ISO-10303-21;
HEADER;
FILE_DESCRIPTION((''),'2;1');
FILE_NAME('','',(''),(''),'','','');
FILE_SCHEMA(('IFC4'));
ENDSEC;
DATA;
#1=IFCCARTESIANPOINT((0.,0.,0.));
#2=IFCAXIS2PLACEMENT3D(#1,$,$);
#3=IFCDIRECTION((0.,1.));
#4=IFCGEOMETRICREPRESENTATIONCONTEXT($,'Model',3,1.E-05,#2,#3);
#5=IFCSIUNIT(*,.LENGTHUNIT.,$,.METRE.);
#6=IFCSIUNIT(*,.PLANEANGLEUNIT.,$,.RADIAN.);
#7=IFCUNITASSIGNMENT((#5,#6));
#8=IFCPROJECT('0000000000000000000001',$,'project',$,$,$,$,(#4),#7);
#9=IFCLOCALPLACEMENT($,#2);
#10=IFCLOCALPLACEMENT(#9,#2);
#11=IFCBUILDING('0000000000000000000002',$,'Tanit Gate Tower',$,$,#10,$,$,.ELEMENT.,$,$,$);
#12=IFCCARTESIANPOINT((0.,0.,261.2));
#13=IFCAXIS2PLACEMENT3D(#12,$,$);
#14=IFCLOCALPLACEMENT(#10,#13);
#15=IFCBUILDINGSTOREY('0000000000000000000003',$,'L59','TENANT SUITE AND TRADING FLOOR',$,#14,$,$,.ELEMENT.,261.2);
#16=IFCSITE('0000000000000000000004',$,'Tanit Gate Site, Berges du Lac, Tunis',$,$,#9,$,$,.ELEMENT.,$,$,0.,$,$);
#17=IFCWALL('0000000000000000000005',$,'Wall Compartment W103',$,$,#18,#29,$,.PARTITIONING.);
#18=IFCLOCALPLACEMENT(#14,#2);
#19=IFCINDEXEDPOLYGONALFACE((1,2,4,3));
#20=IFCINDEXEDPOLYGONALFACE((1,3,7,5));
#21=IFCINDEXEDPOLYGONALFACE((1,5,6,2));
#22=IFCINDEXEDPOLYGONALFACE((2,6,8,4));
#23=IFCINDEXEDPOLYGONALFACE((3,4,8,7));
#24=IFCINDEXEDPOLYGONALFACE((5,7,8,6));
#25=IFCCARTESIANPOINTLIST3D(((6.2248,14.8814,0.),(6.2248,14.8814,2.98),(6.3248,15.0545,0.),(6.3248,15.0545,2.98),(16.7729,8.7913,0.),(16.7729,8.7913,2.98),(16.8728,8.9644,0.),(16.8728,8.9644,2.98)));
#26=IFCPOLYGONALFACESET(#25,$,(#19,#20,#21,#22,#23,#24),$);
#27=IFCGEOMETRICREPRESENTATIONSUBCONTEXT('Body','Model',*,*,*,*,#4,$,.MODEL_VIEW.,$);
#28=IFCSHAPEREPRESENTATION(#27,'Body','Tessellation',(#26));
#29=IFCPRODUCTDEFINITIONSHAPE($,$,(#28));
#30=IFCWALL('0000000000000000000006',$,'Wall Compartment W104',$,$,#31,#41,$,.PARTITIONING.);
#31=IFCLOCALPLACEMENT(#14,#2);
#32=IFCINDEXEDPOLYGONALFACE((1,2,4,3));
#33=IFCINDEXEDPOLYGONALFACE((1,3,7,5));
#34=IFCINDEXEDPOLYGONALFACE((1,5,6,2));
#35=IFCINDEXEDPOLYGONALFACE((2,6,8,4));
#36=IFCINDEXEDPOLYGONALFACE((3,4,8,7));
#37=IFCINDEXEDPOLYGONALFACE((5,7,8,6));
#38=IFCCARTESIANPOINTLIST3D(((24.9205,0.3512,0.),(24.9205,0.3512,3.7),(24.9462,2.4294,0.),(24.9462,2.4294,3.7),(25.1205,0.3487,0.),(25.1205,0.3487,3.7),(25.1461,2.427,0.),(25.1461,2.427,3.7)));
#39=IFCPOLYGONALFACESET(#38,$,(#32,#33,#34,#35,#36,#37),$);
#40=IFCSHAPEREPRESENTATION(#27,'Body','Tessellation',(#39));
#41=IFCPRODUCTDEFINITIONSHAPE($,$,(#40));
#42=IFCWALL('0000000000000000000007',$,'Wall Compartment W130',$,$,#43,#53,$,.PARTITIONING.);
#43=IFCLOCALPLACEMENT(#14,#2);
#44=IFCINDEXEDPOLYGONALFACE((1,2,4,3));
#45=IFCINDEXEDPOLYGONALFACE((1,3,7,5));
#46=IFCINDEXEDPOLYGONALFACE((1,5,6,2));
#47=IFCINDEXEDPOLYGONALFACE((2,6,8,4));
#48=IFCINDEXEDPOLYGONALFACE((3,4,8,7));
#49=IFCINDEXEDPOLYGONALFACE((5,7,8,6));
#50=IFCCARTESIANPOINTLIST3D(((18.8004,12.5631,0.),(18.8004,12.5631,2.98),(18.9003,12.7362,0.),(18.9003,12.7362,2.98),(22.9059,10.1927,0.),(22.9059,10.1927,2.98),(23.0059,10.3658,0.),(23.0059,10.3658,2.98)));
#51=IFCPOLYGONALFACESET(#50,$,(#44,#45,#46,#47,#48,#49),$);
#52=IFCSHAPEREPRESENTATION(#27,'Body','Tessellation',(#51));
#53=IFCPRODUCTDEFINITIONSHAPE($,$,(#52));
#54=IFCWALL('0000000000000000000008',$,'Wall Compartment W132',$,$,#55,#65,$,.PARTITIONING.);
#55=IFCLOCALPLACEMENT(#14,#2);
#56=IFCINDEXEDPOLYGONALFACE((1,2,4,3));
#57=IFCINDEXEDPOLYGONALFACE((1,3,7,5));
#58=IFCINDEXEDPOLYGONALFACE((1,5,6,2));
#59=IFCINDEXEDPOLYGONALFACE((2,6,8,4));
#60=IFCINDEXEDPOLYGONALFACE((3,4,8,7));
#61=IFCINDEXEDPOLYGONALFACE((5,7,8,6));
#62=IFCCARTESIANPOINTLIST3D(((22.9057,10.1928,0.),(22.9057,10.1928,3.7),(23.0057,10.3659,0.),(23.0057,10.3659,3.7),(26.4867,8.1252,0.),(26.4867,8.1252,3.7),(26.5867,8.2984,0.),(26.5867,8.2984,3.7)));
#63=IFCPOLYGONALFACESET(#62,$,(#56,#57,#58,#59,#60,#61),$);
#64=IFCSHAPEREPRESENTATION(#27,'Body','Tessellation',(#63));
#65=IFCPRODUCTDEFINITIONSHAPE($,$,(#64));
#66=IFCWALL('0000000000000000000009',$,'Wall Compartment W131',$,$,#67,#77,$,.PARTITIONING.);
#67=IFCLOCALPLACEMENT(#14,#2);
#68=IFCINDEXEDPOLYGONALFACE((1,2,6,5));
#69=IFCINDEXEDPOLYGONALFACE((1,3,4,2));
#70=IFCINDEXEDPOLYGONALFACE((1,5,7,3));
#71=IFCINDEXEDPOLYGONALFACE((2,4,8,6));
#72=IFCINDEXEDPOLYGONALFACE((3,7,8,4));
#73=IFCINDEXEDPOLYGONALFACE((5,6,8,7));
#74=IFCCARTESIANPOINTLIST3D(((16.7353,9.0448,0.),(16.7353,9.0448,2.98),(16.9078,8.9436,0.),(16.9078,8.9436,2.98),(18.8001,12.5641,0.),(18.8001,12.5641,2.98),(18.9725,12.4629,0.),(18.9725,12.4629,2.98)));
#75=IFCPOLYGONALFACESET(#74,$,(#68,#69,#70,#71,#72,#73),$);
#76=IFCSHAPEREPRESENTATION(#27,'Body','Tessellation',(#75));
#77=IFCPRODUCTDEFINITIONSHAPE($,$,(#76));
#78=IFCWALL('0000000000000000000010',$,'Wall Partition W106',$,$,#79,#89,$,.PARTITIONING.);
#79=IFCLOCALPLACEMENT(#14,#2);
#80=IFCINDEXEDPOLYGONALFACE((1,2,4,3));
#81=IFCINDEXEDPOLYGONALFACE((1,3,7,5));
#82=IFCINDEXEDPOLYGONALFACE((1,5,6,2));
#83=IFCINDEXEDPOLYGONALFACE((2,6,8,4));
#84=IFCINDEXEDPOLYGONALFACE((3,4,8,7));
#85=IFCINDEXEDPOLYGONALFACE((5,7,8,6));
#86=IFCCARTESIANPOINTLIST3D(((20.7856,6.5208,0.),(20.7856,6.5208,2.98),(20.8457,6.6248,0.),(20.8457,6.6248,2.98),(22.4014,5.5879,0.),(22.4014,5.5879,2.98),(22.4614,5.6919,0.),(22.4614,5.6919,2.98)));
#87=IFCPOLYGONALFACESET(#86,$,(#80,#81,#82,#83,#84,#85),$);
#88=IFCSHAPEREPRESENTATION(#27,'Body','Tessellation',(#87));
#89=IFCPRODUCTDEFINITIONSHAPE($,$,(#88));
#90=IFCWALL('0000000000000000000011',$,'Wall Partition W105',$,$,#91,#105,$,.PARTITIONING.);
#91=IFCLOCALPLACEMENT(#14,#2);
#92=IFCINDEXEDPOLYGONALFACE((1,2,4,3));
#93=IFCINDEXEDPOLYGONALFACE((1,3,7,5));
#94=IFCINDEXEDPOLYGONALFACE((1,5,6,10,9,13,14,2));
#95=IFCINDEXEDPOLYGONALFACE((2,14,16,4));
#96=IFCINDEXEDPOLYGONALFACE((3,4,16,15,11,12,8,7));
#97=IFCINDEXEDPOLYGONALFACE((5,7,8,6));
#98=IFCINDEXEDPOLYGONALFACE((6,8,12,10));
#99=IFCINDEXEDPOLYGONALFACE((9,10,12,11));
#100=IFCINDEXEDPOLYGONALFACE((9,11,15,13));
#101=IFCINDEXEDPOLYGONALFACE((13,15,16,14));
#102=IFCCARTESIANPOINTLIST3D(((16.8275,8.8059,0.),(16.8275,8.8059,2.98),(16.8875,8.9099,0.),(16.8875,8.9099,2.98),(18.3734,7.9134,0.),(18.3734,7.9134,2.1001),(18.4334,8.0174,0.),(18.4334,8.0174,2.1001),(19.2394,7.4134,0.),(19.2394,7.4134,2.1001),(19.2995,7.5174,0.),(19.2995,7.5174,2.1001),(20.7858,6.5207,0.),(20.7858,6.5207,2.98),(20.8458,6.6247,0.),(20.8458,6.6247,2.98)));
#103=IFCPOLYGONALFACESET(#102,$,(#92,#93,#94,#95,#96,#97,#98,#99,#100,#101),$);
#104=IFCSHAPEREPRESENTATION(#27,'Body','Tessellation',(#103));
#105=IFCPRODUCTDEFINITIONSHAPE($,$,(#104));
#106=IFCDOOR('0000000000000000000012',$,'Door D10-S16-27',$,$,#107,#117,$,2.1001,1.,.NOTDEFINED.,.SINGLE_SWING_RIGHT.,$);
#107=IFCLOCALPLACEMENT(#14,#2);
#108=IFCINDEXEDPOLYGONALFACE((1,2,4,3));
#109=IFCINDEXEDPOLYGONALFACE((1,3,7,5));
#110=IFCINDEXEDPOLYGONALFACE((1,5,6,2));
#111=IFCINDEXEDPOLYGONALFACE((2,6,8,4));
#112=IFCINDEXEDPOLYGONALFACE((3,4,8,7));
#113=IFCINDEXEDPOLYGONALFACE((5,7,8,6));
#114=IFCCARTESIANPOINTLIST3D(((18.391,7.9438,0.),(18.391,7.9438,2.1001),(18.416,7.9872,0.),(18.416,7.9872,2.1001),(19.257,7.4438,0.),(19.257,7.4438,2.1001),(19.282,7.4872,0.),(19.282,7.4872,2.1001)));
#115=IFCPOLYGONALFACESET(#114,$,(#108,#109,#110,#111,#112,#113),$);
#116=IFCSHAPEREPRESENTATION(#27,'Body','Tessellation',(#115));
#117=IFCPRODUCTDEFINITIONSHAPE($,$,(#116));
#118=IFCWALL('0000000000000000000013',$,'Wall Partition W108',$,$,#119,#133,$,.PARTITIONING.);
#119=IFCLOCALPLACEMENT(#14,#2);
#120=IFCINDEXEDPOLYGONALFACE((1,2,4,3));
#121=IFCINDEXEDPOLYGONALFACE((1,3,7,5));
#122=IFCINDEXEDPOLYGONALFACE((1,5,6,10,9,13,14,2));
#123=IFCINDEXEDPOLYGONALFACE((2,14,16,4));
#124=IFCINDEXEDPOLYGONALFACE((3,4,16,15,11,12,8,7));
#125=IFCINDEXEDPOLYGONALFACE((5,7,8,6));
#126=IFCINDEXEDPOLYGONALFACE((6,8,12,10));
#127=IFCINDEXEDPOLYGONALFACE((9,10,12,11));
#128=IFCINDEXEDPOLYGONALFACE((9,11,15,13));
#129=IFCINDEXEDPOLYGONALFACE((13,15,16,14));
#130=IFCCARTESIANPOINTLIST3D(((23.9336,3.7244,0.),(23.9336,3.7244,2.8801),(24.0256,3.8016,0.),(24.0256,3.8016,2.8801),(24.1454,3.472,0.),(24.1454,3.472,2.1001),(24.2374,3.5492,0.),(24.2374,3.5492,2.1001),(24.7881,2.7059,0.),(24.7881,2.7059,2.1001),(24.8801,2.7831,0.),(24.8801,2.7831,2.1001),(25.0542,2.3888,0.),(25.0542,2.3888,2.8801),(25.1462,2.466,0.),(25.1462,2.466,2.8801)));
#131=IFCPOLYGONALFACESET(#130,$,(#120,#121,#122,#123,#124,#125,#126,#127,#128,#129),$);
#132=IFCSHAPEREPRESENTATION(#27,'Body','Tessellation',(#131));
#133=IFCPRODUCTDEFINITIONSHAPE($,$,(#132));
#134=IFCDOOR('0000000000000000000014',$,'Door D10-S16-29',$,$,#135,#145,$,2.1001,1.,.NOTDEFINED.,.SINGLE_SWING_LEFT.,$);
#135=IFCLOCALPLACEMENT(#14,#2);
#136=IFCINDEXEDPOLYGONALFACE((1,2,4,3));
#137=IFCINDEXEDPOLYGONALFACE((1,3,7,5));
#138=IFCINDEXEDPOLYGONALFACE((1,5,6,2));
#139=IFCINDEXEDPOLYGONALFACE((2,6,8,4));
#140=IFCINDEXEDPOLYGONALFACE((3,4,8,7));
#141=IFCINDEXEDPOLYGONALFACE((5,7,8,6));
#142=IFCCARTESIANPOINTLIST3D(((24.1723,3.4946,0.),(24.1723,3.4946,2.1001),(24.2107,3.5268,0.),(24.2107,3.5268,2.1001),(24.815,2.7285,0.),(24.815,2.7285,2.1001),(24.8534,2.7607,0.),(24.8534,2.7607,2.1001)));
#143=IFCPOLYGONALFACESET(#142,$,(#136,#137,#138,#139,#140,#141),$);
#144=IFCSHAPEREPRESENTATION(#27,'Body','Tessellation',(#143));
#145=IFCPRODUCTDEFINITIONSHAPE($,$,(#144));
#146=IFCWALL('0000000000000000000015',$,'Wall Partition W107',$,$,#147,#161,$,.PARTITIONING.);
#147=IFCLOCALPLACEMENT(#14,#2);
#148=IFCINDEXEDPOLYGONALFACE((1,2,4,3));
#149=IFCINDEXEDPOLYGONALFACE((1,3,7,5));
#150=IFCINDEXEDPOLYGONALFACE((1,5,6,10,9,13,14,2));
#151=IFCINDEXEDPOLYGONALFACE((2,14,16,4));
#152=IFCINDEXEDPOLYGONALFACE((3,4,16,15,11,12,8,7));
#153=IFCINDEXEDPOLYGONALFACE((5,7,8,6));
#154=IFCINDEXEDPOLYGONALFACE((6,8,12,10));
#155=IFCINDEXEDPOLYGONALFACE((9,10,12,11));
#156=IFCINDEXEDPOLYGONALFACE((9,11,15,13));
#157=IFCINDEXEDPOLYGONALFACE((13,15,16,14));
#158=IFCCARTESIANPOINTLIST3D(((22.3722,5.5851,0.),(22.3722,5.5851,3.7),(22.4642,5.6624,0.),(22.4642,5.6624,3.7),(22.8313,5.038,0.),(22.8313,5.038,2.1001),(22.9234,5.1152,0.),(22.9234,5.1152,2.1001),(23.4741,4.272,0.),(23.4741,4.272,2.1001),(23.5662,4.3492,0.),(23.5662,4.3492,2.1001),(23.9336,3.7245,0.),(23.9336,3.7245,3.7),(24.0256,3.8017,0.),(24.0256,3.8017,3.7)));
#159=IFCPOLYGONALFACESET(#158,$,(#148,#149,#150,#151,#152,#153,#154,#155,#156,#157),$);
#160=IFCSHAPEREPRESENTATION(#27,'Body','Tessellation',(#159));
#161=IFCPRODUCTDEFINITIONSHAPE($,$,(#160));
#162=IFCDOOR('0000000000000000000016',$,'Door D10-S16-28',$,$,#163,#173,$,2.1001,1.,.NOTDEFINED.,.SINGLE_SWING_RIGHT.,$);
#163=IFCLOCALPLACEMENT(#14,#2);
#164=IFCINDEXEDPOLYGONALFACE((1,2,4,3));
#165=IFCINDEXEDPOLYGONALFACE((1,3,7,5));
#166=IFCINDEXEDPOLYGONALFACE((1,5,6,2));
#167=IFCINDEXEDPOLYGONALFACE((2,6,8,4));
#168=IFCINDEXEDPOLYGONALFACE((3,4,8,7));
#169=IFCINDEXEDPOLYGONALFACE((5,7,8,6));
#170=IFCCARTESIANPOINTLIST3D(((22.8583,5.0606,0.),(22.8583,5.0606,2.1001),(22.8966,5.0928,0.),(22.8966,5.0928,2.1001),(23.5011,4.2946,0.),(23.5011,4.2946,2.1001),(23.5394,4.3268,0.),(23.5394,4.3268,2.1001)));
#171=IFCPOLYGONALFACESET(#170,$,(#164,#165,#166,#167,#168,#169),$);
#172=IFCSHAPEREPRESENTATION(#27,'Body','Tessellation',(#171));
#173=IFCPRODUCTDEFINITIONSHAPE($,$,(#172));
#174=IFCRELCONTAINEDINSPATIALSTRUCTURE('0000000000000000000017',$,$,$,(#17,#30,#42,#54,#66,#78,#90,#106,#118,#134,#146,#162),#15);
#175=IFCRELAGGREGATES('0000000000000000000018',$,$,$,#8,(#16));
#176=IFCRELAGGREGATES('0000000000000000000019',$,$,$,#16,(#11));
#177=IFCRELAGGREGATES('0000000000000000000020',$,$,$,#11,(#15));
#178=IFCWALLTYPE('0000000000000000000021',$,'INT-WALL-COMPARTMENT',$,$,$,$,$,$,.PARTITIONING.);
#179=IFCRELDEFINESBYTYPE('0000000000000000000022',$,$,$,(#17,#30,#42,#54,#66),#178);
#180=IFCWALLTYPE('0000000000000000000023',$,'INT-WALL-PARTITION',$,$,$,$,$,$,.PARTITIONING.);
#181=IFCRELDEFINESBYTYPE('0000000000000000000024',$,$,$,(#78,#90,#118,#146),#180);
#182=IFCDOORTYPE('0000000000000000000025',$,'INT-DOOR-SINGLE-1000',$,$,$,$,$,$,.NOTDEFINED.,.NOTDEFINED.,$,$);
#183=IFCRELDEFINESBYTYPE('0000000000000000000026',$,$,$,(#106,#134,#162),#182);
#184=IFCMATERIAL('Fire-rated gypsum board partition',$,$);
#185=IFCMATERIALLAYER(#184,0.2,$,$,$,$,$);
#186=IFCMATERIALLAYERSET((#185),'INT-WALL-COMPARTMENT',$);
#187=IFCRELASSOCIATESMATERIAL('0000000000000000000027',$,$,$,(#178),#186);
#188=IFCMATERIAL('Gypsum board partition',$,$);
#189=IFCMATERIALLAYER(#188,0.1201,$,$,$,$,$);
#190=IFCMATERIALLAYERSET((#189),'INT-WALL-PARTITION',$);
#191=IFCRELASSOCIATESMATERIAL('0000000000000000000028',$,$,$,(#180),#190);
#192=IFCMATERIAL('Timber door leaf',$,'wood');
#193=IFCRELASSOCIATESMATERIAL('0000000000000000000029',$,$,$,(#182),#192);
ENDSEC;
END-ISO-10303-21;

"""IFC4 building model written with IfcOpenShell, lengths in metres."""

from ifc_helpers import new_model, si_unit, direction, frame, frame_2d, origin, place, context, subcontext, project, spatial, rectangle, extrude, material, layer, layer_set, type_object, element, fill, save


model = new_model("IFC4")

# Units and contexts
model_context = context("Model", 3, precision=1e-05, world=origin(), true_north=direction((0.0, 1.0)))
body_context = subcontext(model_context, "Body", "Model", "MODEL_VIEW")
ifc_project = project(units=[si_unit("LENGTHUNIT", "METRE"), si_unit("PLANEANGLEUNIT", "RADIAN")], contexts=[model_context])

# Site, building, storey
site_placement = place(None, origin())
site = spatial("IfcSite", under=ifc_project, at=site_placement, Name="Tanit Gate Site, Berges du Lac, Tunis", CompositionType="ELEMENT", RefElevation=0.0)
building_placement = place(site_placement, origin())
building = spatial("IfcBuilding", under=site, at=building_placement, Name="Tanit Gate Tower", CompositionType="ELEMENT")
storey_placement = place(building_placement, frame((0.0, 0.0, 261.2)))
storey = spatial("IfcBuildingStorey", under=building, at=storey_placement, Name="L59", Description="TENANT SUITE AND TRADING FLOOR", CompositionType="ELEMENT", Elevation=261.2)

# Walls
ifc_material_1 = material(Name="Fire-rated gypsum board partition")
ifc_layer_1 = layer(ifc_material_1, 0.2)
ifc_layer_set_1 = layer_set([ifc_layer_1], Name="INT-WALL-COMPARTMENT")
wall_type_1 = type_object("IfcWallType", Name="INT-WALL-COMPARTMENT", PredefinedType="PARTITIONING", material=ifc_layer_set_1)
wall_1_placement = place(storey_placement, frame((16.8228, 8.8779, 0.0), z_axis=(0.0, 0.0, 1.0), x_axis=(-0.86602, 0.500009, 0.0)))
element("IfcWall", 1, at=wall_1_placement, inside=storey, type_object=wall_type_1, Name="Wall Compartment W103", PredefinedType="PARTITIONING", context=body_context, shape_type="SweptSolid", body=[
    extrude(rectangle(XDim=12.1799, YDim=0.2, at=frame_2d((6.0898, 0.0))), origin(), (0.0, 0.0, 1.0), 2.98),
])
wall_2_placement = place(storey_placement, frame((25.0205, 0.3501, 0.0), z_axis=(0.0, 0.0, 1.0), x_axis=(0.012335, 0.999924, 0.0)))
element("IfcWall", 2, at=wall_2_placement, inside=storey, type_object=wall_type_1, Name="Wall Compartment W104", PredefinedType="PARTITIONING", context=body_context, shape_type="SweptSolid", body=[
    extrude(rectangle(XDim=2.0784, YDim=0.2, at=frame_2d((1.0391, 0.0))), origin(), (0.0, 0.0, 1.0), 3.7),
])
wall_3_placement = place(storey_placement, frame((18.8503, 12.6497, 0.0), z_axis=(0.0, 0.0, 1.0), x_axis=(0.866019, -0.500011, 0.0)))
element("IfcWall", 3, at=wall_3_placement, inside=storey, type_object=wall_type_1, Name="Wall Compartment W130", PredefinedType="PARTITIONING", context=body_context, shape_type="SweptSolid", body=[
    extrude(rectangle(XDim=4.7407, YDim=0.2, at=frame_2d((2.3704, 0.0))), origin(), (0.0, 0.0, 1.0), 2.98),
])
wall_4_placement = place(storey_placement, frame((22.9558, 10.2793, 0.0), z_axis=(0.0, 0.0, 1.0), x_axis=(0.866015, -0.500019, 0.0)))
element("IfcWall", 4, at=wall_4_placement, inside=storey, type_object=wall_type_1, Name="Wall Compartment W132", PredefinedType="PARTITIONING", context=body_context, shape_type="SweptSolid", body=[
    extrude(rectangle(XDim=4.135, YDim=0.2, at=frame_2d((2.0674, 0.0))), origin(), (0.0, 0.0, 1.0), 3.7),
])
wall_5_placement = place(storey_placement, frame((18.8862, 12.5134, 0.0), z_axis=(0.0, 0.0, 1.0), x_axis=(-0.506024, -0.86252, 0.0)))
element("IfcWall", 5, at=wall_5_placement, inside=storey, type_object=wall_type_1, Name="Wall Compartment W131", PredefinedType="PARTITIONING", context=body_context, shape_type="SweptSolid", body=[
    extrude(rectangle(XDim=4.0803, YDim=0.2, at=frame_2d((2.04, 0.0))), origin(), (0.0, 0.0, 1.0), 2.98),
])
ifc_material_2 = material(Name="Gypsum board partition")
ifc_layer_2 = layer(ifc_material_2, 0.1201)
ifc_layer_set_2 = layer_set([ifc_layer_2], Name="INT-WALL-PARTITION")
wall_type_2 = type_object("IfcWallType", Name="INT-WALL-PARTITION", PredefinedType="PARTITIONING", material=ifc_layer_set_2)
wall_6_placement = place(storey_placement, frame((22.4314, 5.6399, 0.0), z_axis=(0.0, 0.0, 1.0), x_axis=(-0.86602, 0.500009, 0.0)))
element("IfcWall", 6, at=wall_6_placement, inside=storey, type_object=wall_type_2, Name="Wall Partition W106", PredefinedType="PARTITIONING", context=body_context, shape_type="SweptSolid", body=[
    extrude(rectangle(XDim=1.8657, YDim=0.1201, at=frame_2d((0.9329, 0.0))), origin(), (0.0, 0.0, 1.0), 2.98),
])

# Walls, openings, doors
wall_7_placement = place(storey_placement, frame((20.8157, 6.5728, 0.0), z_axis=(0.0, 0.0, 1.0), x_axis=(-0.866039, 0.499977, 0.0)))
wall_7 = element("IfcWall", 7, at=wall_7_placement, inside=storey, type_object=wall_type_2, Name="Wall Partition W105", PredefinedType="PARTITIONING", context=body_context, shape_type="SweptSolid", body=[
    extrude(rectangle(XDim=4.5706, YDim=0.1201, at=frame_2d((2.2852, 0.0))), origin(), (0.0, 0.0, 1.0), 2.98),
])
opening_1_placement = place(wall_7_placement, frame((1.7854, 0.0, 0.0)))
opening_1 = element("IfcOpeningElement", 8, at=opening_1_placement, cuts=wall_7, PredefinedType="OPENING", context=body_context, shape_type="SweptSolid", body=[
    extrude(rectangle(XDim=1.0, YDim=2.1001, at=frame_2d((0.5, 1.05))), frame((0.0, 0.0701, 0.0), z_axis=(0.0, -1.0, 0.0), x_axis=(1.0, 0.0, 0.0)), (0.0, 0.0, 1.0), 0.1401),
])
ifc_material_3 = material(Name="Timber door leaf", Category="wood")
door_type_1 = type_object("IfcDoorType", Name="INT-DOOR-SINGLE-1000", OperationType="NOTDEFINED", PredefinedType="NOTDEFINED", material=ifc_material_3)
door_1_placement = place(opening_1_placement, origin())
door_1 = element("IfcDoor", 9, at=door_1_placement, inside=storey, type_object=door_type_1, Name="Door D10-S16-27", OperationType="SINGLE_SWING_RIGHT", OverallHeight=2.1001, OverallWidth=1.0, PredefinedType="NOTDEFINED", context=body_context, shape_type="SweptSolid", body=[
    extrude(rectangle(XDim=1.0, YDim=2.1001, at=frame_2d((0.5, 1.05))), frame((0.0, 0.0249, 0.0), z_axis=(0.0, -1.0, 0.0), x_axis=(1.0, 0.0, 0.0)), (0.0, 0.0, 1.0), 0.05),
])
fill(opening_1, door_1)
wall_8_placement = place(storey_placement, frame((25.1001, 2.4275, 0.0), z_axis=(0.0, 0.0, 1.0), x_axis=(-0.642729, 0.766094, 0.0)))
wall_8 = element("IfcWall", 10, at=wall_8_placement, inside=storey, type_object=wall_type_2, Name="Wall Partition W108", PredefinedType="PARTITIONING", context=body_context, shape_type="SweptSolid", body=[
    extrude(rectangle(XDim=1.7434, YDim=0.1201, at=frame_2d((0.8716, 0.0))), origin(), (0.0, 0.0, 1.0), 2.8801),
])
opening_2_placement = place(wall_8_placement, frame((0.4138, 0.0, 0.0)))
opening_2 = element("IfcOpeningElement", 11, at=opening_2_placement, cuts=wall_8, PredefinedType="OPENING", context=body_context, shape_type="SweptSolid", body=[
    extrude(rectangle(XDim=1.0, YDim=2.1001, at=frame_2d((0.5, 1.05))), frame((0.0, 0.0701, 0.0), z_axis=(0.0, -1.0, 0.0), x_axis=(1.0, 0.0, 0.0)), (0.0, 0.0, 1.0), 0.1401),
])
door_2_placement = place(opening_2_placement, origin())
door_2 = element("IfcDoor", 12, at=door_2_placement, inside=storey, type_object=door_type_1, Name="Door D10-S16-29", OperationType="SINGLE_SWING_LEFT", OverallHeight=2.1001, OverallWidth=1.0, PredefinedType="NOTDEFINED", context=body_context, shape_type="SweptSolid", body=[
    extrude(rectangle(XDim=1.0, YDim=2.1001, at=frame_2d((0.5, 1.05))), frame((0.0, 0.0249, 0.0), z_axis=(0.0, -1.0, 0.0), x_axis=(1.0, 0.0, 0.0)), (0.0, 0.0, 1.0), 0.05),
])
fill(opening_2, door_2)
wall_9_placement = place(storey_placement, frame((23.9795, 3.7632, 0.0), z_axis=(0.0, 0.0, 1.0), x_axis=(-0.642801, 0.766033, 0.0)))
wall_9 = element("IfcWall", 13, at=wall_9_placement, inside=storey, type_object=wall_type_2, Name="Wall Partition W107", PredefinedType="PARTITIONING", context=body_context, shape_type="SweptSolid", body=[
    extrude(rectangle(XDim=2.429, YDim=0.1201, at=frame_2d((1.2144, 0.0))), origin(), (0.0, 0.0, 1.0), 3.7),
])
opening_3_placement = place(wall_9_placement, frame((0.7146, 0.0, 0.0)))
opening_3 = element("IfcOpeningElement", 14, at=opening_3_placement, cuts=wall_9, PredefinedType="OPENING", context=body_context, shape_type="SweptSolid", body=[
    extrude(rectangle(XDim=1.0, YDim=2.1001, at=frame_2d((0.5, 1.05))), frame((0.0, 0.0701, 0.0), z_axis=(0.0, -1.0, 0.0), x_axis=(1.0, 0.0, 0.0)), (0.0, 0.0, 1.0), 0.1401),
])
door_3_placement = place(opening_3_placement, origin())
door_3 = element("IfcDoor", 15, at=door_3_placement, inside=storey, type_object=door_type_1, Name="Door D10-S16-28", OperationType="SINGLE_SWING_RIGHT", OverallHeight=2.1001, OverallWidth=1.0, PredefinedType="NOTDEFINED", context=body_context, shape_type="SweptSolid", body=[
    extrude(rectangle(XDim=1.0, YDim=2.1001, at=frame_2d((0.5, 1.05))), frame((0.0, 0.0249, 0.0), z_axis=(0.0, -1.0, 0.0), x_axis=(1.0, 0.0, 0.0)), (0.0, 0.0, 1.0), 0.05),
])
fill(opening_3, door_3)

save(model, "model.ifc")
